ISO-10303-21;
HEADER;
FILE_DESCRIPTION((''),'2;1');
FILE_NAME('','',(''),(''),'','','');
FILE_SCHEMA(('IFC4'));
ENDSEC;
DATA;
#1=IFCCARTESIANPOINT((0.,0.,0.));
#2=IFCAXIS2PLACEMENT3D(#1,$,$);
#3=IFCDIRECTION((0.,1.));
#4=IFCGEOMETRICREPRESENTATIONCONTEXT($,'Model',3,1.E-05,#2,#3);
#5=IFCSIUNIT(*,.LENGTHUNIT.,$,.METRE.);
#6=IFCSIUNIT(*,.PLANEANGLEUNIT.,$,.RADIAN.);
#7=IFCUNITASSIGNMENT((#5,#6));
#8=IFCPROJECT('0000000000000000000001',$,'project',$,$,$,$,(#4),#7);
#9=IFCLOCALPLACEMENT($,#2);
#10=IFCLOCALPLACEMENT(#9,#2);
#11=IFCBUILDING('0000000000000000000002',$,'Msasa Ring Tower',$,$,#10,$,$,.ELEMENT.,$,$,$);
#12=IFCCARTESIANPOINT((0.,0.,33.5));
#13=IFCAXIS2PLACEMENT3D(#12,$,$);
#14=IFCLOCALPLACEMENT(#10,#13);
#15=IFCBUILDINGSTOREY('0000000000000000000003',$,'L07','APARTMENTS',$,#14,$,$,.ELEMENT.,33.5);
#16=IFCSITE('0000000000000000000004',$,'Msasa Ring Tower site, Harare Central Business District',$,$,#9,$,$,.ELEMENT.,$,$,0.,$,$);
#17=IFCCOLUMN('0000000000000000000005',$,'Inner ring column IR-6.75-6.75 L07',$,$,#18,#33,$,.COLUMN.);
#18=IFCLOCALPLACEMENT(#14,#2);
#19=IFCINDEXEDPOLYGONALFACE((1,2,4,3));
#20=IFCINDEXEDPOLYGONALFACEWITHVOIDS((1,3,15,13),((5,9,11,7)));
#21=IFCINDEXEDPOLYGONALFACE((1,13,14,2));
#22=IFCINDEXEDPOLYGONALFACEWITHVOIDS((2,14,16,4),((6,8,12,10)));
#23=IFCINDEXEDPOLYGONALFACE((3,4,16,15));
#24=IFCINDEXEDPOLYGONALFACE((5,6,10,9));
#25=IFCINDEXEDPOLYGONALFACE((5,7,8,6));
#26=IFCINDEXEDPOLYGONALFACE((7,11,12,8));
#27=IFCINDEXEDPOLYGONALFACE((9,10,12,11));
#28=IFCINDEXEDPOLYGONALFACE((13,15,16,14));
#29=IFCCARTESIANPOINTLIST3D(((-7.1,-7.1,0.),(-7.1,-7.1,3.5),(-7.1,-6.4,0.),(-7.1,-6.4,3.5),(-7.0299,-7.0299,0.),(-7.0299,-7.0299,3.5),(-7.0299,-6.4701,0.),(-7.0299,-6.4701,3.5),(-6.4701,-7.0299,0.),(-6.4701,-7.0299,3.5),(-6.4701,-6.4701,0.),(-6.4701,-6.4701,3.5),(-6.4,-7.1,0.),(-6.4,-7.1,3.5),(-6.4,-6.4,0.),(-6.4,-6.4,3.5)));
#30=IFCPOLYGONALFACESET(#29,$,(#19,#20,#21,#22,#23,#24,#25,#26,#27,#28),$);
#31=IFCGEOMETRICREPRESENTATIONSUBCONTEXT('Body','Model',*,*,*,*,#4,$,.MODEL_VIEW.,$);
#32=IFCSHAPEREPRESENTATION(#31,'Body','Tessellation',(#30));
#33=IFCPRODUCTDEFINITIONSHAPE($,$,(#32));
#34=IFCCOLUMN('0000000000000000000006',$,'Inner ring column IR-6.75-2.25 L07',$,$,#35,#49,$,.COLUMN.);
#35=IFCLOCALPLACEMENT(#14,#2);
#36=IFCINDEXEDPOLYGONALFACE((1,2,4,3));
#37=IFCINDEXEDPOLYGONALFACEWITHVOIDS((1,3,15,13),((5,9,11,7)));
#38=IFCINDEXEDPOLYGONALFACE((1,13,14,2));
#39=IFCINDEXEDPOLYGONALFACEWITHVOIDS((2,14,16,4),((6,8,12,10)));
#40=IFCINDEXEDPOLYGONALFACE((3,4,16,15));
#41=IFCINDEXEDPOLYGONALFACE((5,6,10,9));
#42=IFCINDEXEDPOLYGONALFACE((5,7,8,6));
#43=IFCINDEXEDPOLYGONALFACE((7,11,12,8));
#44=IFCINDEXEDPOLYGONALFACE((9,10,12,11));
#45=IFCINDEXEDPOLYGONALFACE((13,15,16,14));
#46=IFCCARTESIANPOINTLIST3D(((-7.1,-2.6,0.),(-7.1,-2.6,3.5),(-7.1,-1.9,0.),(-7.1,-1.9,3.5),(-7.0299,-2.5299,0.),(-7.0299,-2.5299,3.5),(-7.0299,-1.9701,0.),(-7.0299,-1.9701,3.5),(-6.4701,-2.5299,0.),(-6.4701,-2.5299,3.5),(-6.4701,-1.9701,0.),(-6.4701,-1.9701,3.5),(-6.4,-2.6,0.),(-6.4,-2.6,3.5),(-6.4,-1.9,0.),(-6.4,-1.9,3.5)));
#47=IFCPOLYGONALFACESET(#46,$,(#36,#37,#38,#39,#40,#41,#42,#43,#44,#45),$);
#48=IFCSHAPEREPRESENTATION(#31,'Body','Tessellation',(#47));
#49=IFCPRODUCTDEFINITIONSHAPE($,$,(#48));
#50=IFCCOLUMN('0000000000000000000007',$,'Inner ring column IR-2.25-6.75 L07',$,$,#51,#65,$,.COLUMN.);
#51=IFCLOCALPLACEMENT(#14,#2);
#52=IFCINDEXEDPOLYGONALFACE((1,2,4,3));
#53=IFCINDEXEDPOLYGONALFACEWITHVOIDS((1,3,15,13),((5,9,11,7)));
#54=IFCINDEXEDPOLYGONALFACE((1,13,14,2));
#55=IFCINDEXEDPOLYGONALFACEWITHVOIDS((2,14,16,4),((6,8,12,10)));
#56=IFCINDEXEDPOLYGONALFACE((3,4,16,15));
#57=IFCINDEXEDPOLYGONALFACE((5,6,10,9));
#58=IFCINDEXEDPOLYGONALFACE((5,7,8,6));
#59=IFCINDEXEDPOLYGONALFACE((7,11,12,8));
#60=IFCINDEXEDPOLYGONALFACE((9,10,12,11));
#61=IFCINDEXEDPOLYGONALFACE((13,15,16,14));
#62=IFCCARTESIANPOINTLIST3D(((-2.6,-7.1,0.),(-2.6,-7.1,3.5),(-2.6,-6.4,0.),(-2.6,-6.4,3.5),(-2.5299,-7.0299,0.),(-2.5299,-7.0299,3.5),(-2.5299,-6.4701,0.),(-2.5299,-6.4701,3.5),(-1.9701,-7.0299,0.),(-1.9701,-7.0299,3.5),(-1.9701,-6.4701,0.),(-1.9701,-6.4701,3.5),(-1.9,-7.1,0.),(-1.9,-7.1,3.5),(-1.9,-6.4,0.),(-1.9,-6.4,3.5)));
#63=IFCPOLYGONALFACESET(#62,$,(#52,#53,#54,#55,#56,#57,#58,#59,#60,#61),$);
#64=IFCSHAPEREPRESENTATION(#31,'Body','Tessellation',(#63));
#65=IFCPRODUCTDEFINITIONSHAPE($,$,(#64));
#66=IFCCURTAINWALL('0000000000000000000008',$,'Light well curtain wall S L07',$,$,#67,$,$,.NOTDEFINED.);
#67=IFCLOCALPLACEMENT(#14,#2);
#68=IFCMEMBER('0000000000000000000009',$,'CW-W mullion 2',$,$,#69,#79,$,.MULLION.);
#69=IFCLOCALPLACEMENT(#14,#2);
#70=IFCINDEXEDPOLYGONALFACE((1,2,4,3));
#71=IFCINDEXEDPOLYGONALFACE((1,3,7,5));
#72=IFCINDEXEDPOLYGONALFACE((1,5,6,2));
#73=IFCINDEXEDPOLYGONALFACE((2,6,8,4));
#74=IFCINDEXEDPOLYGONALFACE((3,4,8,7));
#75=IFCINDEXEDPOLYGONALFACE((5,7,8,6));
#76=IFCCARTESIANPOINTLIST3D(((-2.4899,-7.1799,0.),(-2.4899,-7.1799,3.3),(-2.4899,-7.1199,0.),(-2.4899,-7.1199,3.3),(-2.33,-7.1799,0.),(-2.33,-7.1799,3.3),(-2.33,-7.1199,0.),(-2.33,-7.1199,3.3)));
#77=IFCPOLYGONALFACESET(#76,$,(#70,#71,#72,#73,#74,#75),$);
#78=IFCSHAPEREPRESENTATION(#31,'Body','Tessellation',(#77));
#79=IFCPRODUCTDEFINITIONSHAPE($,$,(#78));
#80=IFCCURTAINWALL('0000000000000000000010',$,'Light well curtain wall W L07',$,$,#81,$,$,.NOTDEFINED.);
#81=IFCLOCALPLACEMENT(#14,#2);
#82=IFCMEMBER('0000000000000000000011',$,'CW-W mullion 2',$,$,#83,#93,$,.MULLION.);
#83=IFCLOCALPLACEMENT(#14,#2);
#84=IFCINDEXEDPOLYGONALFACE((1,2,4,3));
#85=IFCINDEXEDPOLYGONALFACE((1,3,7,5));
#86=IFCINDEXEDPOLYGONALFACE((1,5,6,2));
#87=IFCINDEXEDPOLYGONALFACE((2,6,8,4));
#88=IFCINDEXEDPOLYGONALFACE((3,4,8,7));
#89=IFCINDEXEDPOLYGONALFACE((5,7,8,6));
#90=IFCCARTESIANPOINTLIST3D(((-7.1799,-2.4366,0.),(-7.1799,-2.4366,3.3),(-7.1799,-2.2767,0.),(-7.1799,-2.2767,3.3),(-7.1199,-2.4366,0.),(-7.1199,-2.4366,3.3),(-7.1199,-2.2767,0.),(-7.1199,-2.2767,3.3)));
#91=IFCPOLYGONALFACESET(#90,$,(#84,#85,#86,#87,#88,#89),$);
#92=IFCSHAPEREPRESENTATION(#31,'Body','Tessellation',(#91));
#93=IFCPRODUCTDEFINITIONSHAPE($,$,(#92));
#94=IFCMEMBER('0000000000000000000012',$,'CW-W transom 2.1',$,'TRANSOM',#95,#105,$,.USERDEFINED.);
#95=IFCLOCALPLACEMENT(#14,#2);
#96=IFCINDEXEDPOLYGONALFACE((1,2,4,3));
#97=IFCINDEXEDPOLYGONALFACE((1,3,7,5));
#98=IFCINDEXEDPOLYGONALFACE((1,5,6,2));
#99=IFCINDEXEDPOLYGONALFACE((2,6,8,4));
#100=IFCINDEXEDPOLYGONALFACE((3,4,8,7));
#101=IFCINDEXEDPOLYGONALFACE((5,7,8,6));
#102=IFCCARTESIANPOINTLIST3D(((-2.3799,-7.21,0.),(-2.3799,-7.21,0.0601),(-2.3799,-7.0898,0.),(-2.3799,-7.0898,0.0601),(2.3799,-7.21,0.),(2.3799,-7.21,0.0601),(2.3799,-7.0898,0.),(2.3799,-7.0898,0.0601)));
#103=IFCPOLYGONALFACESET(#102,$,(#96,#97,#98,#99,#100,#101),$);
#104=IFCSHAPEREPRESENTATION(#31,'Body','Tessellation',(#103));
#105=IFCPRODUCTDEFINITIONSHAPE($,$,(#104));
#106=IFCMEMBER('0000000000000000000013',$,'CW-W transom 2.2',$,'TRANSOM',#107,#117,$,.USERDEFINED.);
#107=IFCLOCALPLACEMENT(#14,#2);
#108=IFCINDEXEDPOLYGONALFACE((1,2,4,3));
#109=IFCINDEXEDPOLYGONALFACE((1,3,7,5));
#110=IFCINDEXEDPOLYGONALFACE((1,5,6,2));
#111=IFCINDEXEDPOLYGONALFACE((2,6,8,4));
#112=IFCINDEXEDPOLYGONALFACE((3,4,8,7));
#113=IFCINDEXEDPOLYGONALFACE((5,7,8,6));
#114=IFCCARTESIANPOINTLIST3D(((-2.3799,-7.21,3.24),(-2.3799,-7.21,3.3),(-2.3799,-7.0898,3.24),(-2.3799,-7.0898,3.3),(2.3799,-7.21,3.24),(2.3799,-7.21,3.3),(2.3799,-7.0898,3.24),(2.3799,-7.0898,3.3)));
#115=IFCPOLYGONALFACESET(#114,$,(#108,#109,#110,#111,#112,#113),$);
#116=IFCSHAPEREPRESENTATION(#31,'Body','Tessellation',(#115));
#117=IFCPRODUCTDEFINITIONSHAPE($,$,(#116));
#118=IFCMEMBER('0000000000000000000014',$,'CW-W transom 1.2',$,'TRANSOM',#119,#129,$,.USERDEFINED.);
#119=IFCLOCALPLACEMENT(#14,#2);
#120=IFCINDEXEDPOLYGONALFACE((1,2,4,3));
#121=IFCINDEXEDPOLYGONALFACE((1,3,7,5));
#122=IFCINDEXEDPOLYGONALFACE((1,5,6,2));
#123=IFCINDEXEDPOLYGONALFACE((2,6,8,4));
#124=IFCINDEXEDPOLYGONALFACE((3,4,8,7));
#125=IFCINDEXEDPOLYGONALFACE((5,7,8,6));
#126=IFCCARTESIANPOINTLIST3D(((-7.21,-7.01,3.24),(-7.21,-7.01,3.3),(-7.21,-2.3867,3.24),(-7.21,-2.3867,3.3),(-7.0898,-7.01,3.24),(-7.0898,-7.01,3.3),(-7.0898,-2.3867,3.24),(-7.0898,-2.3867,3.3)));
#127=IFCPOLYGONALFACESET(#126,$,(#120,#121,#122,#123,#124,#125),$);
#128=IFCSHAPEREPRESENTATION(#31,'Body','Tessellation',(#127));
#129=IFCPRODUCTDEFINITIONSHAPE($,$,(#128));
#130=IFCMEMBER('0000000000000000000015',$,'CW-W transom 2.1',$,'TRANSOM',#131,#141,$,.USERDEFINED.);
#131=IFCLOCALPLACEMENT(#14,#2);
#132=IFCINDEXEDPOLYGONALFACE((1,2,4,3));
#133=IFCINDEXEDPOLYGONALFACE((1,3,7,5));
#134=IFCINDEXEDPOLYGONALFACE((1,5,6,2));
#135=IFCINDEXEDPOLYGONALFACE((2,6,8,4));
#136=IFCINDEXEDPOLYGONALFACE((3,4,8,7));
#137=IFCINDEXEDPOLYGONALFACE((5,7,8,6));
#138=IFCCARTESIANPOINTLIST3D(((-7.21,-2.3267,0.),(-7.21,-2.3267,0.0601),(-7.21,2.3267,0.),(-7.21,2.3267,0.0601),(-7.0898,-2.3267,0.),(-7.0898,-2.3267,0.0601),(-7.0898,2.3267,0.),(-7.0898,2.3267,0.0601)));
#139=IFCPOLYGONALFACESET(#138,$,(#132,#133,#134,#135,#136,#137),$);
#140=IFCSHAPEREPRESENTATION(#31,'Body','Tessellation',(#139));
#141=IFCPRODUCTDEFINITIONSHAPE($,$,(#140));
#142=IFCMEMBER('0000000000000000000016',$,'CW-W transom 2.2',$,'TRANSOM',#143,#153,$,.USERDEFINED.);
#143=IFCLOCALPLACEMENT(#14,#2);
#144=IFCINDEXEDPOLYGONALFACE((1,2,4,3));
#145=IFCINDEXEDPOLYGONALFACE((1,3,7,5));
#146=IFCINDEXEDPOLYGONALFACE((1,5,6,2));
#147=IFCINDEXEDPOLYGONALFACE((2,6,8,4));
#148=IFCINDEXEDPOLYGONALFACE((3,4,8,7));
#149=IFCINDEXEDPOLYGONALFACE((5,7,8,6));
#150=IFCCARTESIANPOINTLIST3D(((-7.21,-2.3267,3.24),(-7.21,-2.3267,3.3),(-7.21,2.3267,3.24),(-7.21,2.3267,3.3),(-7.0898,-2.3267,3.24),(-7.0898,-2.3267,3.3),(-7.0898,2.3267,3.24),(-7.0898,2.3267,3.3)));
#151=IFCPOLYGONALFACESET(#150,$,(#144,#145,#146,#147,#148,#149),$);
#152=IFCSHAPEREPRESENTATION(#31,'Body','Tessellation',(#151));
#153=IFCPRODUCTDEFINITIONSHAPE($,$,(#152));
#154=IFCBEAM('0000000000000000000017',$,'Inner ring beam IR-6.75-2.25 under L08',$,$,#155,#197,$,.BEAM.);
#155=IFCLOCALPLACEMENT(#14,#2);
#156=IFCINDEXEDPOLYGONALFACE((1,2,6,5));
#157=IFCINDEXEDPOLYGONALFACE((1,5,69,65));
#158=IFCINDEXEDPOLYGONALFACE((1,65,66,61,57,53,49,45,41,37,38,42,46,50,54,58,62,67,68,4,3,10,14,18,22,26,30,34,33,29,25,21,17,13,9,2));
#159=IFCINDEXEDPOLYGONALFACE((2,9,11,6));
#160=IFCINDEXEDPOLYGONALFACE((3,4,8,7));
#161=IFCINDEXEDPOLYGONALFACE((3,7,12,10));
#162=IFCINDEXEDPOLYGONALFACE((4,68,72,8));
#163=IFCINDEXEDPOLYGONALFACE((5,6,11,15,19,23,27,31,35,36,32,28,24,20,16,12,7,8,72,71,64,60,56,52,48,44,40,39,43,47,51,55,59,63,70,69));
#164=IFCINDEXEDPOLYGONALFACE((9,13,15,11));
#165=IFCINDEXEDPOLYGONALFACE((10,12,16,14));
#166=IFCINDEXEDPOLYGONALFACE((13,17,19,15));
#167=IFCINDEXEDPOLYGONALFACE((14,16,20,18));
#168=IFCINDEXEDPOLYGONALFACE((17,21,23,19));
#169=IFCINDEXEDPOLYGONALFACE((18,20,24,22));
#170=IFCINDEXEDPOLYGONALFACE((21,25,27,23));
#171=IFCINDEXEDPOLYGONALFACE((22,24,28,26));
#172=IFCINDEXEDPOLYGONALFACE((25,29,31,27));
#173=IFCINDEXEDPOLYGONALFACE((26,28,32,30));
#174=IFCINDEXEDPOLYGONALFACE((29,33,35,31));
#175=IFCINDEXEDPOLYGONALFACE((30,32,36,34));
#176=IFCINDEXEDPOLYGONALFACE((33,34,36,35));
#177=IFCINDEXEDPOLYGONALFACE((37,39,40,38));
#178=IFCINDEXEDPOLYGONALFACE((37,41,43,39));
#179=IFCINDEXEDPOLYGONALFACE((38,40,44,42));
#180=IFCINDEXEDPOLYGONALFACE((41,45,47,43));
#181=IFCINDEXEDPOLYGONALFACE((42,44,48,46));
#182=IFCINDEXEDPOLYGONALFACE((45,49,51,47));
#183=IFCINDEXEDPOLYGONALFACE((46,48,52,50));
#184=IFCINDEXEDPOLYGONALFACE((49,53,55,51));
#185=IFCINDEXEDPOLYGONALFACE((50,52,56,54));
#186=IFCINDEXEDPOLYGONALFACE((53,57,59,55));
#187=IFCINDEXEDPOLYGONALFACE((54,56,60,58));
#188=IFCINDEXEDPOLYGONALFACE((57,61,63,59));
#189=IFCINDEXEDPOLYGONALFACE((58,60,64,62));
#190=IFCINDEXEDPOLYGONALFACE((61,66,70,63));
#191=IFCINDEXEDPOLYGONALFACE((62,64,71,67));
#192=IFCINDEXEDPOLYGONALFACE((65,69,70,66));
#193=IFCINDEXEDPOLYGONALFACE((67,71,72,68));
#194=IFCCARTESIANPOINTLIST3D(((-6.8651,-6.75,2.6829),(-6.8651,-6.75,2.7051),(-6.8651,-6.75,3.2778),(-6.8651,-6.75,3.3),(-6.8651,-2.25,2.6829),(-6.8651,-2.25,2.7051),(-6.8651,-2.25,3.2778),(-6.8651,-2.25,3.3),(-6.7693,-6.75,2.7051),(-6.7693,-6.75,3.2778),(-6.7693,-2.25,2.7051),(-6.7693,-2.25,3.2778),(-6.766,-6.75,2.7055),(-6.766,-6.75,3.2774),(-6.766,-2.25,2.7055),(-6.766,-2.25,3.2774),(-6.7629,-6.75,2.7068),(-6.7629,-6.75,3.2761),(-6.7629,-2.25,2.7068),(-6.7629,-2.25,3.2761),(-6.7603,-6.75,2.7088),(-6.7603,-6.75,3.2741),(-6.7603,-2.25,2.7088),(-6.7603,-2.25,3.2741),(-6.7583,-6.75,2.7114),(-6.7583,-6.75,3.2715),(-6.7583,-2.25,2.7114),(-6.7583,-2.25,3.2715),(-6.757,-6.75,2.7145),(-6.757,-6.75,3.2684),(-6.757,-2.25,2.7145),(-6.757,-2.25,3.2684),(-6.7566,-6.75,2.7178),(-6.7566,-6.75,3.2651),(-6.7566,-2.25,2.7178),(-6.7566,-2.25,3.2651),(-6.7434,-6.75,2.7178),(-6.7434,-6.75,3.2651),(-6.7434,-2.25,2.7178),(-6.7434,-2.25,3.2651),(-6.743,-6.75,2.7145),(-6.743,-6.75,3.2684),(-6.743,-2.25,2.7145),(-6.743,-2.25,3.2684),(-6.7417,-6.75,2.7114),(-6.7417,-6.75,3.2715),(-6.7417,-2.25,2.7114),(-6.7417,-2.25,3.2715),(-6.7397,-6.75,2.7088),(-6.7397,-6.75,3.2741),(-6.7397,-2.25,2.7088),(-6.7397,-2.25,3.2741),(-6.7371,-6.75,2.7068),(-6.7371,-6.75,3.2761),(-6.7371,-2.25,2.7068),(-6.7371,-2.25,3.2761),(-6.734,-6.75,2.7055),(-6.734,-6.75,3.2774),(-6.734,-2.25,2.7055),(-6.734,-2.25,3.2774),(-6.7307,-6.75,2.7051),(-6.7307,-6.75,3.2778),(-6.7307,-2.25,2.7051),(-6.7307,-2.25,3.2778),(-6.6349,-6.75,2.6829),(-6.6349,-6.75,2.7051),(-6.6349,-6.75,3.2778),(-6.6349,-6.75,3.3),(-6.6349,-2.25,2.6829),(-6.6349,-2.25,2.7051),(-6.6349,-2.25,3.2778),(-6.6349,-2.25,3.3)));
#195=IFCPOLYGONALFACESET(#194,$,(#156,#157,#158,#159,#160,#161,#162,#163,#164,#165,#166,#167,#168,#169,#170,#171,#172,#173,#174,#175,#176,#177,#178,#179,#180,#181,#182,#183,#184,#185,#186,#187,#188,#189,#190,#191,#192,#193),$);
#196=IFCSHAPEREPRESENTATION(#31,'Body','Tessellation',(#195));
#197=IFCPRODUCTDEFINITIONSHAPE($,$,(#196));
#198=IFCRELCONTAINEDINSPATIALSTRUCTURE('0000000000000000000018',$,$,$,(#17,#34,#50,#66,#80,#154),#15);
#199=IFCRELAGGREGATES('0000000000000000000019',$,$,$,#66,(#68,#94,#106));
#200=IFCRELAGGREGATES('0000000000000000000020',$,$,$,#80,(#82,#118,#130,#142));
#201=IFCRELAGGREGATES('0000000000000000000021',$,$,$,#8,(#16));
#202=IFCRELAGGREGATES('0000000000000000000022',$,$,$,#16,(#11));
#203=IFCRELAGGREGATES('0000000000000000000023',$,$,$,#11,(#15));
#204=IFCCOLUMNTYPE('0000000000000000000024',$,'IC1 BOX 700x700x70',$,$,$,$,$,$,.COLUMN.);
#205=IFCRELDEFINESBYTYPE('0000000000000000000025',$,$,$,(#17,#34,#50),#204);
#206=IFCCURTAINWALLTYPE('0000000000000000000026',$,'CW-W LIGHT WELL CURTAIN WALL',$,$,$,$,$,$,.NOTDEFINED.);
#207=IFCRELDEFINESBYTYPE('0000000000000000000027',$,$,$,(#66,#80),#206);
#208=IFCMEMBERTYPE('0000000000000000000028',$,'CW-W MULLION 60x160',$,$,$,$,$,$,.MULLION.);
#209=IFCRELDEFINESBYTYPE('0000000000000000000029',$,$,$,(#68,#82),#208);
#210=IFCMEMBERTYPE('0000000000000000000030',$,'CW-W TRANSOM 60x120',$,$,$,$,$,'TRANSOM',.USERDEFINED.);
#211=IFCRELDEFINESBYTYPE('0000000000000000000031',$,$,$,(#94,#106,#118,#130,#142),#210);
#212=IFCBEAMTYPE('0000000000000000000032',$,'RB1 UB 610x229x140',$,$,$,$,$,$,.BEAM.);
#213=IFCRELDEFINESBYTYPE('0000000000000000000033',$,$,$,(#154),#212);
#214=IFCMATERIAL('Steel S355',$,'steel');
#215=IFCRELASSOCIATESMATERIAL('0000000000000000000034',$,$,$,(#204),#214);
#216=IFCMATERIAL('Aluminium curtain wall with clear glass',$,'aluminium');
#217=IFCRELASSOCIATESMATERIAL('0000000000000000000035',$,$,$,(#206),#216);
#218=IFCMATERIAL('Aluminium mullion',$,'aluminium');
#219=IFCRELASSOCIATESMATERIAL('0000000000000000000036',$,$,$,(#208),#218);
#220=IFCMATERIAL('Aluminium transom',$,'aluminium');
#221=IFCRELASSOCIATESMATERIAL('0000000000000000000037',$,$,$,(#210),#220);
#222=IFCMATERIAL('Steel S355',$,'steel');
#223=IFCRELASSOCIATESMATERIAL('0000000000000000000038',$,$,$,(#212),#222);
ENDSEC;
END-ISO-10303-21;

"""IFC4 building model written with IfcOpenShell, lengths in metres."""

from ifc_helpers import new_model, si_unit, direction, frame, origin, origin_2d, place, context, subcontext, project, spatial, rectangle, hollow_rectangle, i_section, extrude, material, material_profile, profile_set, type_object, element, aggregate, save


model = new_model("IFC4")

# Units and contexts
model_context = context("Model", 3, precision=1e-05, world=origin(), true_north=direction((0.0, 1.0)))
body_context = subcontext(model_context, "Body", "Model", "MODEL_VIEW")
ifc_project = project(units=[si_unit("LENGTHUNIT", "METRE"), si_unit("PLANEANGLEUNIT", "RADIAN")], contexts=[model_context])

# Site, building, storey
site_placement = place(None, origin())
site = spatial("IfcSite", under=ifc_project, at=site_placement, Name="Msasa Ring Tower site, Harare Central Business District", CompositionType="ELEMENT", RefElevation=0.0)
building_placement = place(site_placement, origin())
building = spatial("IfcBuilding", under=site, at=building_placement, Name="Msasa Ring Tower", CompositionType="ELEMENT")
storey_placement = place(building_placement, frame((0.0, 0.0, 33.5)))
storey = spatial("IfcBuildingStorey", under=building, at=storey_placement, Name="L07", Description="APARTMENTS", CompositionType="ELEMENT", Elevation=33.5)

# Columns
ifc_material_1 = material(Name="Steel S355", Category="steel")
ifc_material_profile_1 = material_profile(ifc_material_1, hollow_rectangle(XDim=0.7, YDim=0.7, WallThickness=0.0701, at=origin_2d()), Name="BOX 700x700x70")
ifc_profile_set_1 = profile_set([ifc_material_profile_1], Name="Steel S355")
column_type = type_object("IfcColumnType", Name="IC1 BOX 700x700x70", PredefinedType="COLUMN", material=ifc_profile_set_1)
for number, where, z_axis, x_axis, name in (
    (1, (-6.75, -6.75, 0.0), (0.0, 0.0, 1.0), (1.0, 0.0, 0.0), "Inner ring column IR-6.75-6.75 L07"),
    (2, (-6.75, -2.25, 0.0), (0.0, 0.0, 1.0), (1.0, 0.0, 0.0), "Inner ring column IR-6.75-2.25 L07"),
    (3, (-2.25, -6.75, 0.0), (0.0, 0.0, 1.0), (1.0, 0.0, 0.0), "Inner ring column IR-2.25-6.75 L07"),
):
    element("IfcColumn", number, at=place(storey_placement, frame(where, z_axis=z_axis, x_axis=x_axis)), inside=storey, type_object=column_type, Name=name, PredefinedType="COLUMN", context=body_context, shape_type="SweptSolid", body=[
        extrude(hollow_rectangle(XDim=0.7, YDim=0.7, WallThickness=0.0701, at=origin_2d()), origin(), (0.0, 0.0, 1.0), 3.5),
    ])

# Curtain walls, members
ifc_material_2 = material(Name="Aluminium curtain wall with clear glass", Category="aluminium")
curtain_wall_type = type_object("IfcCurtainWallType", Name="CW-W LIGHT WELL CURTAIN WALL", PredefinedType="NOTDEFINED", material=ifc_material_2)
curtain_wall_1_placement = place(storey_placement, origin())
curtain_wall_1 = element("IfcCurtainWall", 4, at=curtain_wall_1_placement, inside=storey, type_object=curtain_wall_type, Name="Light well curtain wall S L07", PredefinedType="NOTDEFINED")
ifc_material_3 = material(Name="Aluminium mullion", Category="aluminium")
ifc_material_profile_2 = material_profile(ifc_material_3, rectangle(XDim=0.0601, YDim=0.1599, at=origin_2d()), Name="AL 60x160")
ifc_profile_set_2 = profile_set([ifc_material_profile_2], Name="Aluminium mullion")
member_type_1 = type_object("IfcMemberType", Name="CW-W MULLION 60x160", PredefinedType="MULLION", material=ifc_profile_set_2)
member_1_placement = place(storey_placement, frame((-2.4099, -7.1499, 0.0), z_axis=(0.0, 0.0, 1.0), x_axis=(0.0, 1.0, 0.0)))
member_1 = element("IfcMember", 5, at=member_1_placement, type_object=member_type_1, Name="CW-W mullion 2", PredefinedType="MULLION", context=body_context, shape_type="SweptSolid", body=[
    extrude(rectangle(XDim=0.0601, YDim=0.1599, at=origin_2d()), origin(), (0.0, 0.0, 1.0), 3.3),
])
curtain_wall_2_placement = place(storey_placement, origin())
curtain_wall_2 = element("IfcCurtainWall", 6, at=curtain_wall_2_placement, inside=storey, type_object=curtain_wall_type, Name="Light well curtain wall W L07", PredefinedType="NOTDEFINED")
member_2_placement = place(storey_placement, frame((-7.1499, -2.3567, 0.0), z_axis=(0.0, 0.0, 1.0), x_axis=(-1.0, 0.0, 0.0)))
member_2 = element("IfcMember", 7, at=member_2_placement, type_object=member_type_1, Name="CW-W mullion 2", PredefinedType="MULLION", context=body_context, shape_type="SweptSolid", body=[
    extrude(rectangle(XDim=0.0601, YDim=0.1599, at=origin_2d()), origin(), (0.0, 0.0, 1.0), 3.3),
])

# Members
ifc_material_4 = material(Name="Aluminium transom", Category="aluminium")
ifc_material_profile_3 = material_profile(ifc_material_4, rectangle(XDim=0.1201, YDim=0.0601, at=origin_2d()), Name="AL 60x120")
ifc_profile_set_3 = profile_set([ifc_material_profile_3], Name="Aluminium transom")
member_type_2 = type_object("IfcMemberType", Name="CW-W TRANSOM 60x120", ElementType="TRANSOM", PredefinedType="USERDEFINED", material=ifc_profile_set_3)
member_3_placement = place(storey_placement, frame((-2.3799, -7.1499, 0.03), z_axis=(1.0, 0.0, 0.0), x_axis=(0.0, 1.0, 0.0)))
member_3 = element("IfcMember", 8, at=member_3_placement, type_object=member_type_2, Name="CW-W transom 2.1", ObjectType="TRANSOM", PredefinedType="USERDEFINED", context=body_context, shape_type="SweptSolid", body=[
    extrude(rectangle(XDim=0.1201, YDim=0.0601, at=origin_2d()), origin(), (0.0, 0.0, 1.0), 4.7598),
])
member_4_placement = place(storey_placement, frame((-2.3799, -7.1499, 3.27), z_axis=(1.0, 0.0, 0.0), x_axis=(0.0, 1.0, 0.0)))
member_4 = element("IfcMember", 9, at=member_4_placement, type_object=member_type_2, Name="CW-W transom 2.2", ObjectType="TRANSOM", PredefinedType="USERDEFINED", context=body_context, shape_type="SweptSolid", body=[
    extrude(rectangle(XDim=0.1201, YDim=0.0601, at=origin_2d()), origin(), (0.0, 0.0, 1.0), 4.7598),
])
member_5_placement = place(storey_placement, frame((-7.1499, -7.01, 3.27), z_axis=(0.0, 1.0, 0.0), x_axis=(-1.0, 0.0, 0.0)))
member_5 = element("IfcMember", 10, at=member_5_placement, type_object=member_type_2, Name="CW-W transom 1.2", ObjectType="TRANSOM", PredefinedType="USERDEFINED", context=body_context, shape_type="SweptSolid", body=[
    extrude(rectangle(XDim=0.1201, YDim=0.0601, at=origin_2d()), origin(), (0.0, 0.0, 1.0), 4.6233),
])
member_6_placement = place(storey_placement, frame((-7.1499, -2.3267, 0.03), z_axis=(0.0, 1.0, 0.0), x_axis=(-1.0, 0.0, 0.0)))
member_6 = element("IfcMember", 11, at=member_6_placement, type_object=member_type_2, Name="CW-W transom 2.1", ObjectType="TRANSOM", PredefinedType="USERDEFINED", context=body_context, shape_type="SweptSolid", body=[
    extrude(rectangle(XDim=0.1201, YDim=0.0601, at=origin_2d()), origin(), (0.0, 0.0, 1.0), 4.6533),
])
member_7_placement = place(storey_placement, frame((-7.1499, -2.3267, 3.27), z_axis=(0.0, 1.0, 0.0), x_axis=(-1.0, 0.0, 0.0)))
member_7 = element("IfcMember", 12, at=member_7_placement, type_object=member_type_2, Name="CW-W transom 2.2", ObjectType="TRANSOM", PredefinedType="USERDEFINED", context=body_context, shape_type="SweptSolid", body=[
    extrude(rectangle(XDim=0.1201, YDim=0.0601, at=origin_2d()), origin(), (0.0, 0.0, 1.0), 4.6533),
])

# Beam
ifc_material_5 = material(Name="Steel S355", Category="steel")
ifc_material_profile_4 = material_profile(ifc_material_5, i_section(OverallWidth=0.2302, OverallDepth=0.6172, WebThickness=0.0132, FlangeThickness=0.0222, FilletRadius=0.0127, at=origin_2d()), Name="UB 610x229x140")
ifc_profile_set_4 = profile_set([ifc_material_profile_4], Name="Steel S355")
beam_type = type_object("IfcBeamType", Name="RB1 UB 610x229x140", PredefinedType="BEAM", material=ifc_profile_set_4)
for number, where, z_axis, x_axis, name in (
    (13, (-6.75, -2.25, 2.9915), (0.0, -1.0, 0.0), (1.0, 0.0, 0.0), "Inner ring beam IR-6.75-2.25 under L08"),
):
    element("IfcBeam", number, at=place(storey_placement, frame(where, z_axis=z_axis, x_axis=x_axis)), inside=storey, type_object=beam_type, Name=name, PredefinedType="BEAM", context=body_context, shape_type="SweptSolid", body=[
        extrude(i_section(OverallWidth=0.2302, OverallDepth=0.6172, WebThickness=0.0132, FlangeThickness=0.0222, FilletRadius=0.0127, at=origin_2d()), origin(), (0.0, 0.0, 1.0), 4.5),
    ])

aggregate(curtain_wall_1, [member_1, member_3, member_4])
aggregate(curtain_wall_2, [member_2, member_5, member_6, member_7])

save(model, "model.ifc")
